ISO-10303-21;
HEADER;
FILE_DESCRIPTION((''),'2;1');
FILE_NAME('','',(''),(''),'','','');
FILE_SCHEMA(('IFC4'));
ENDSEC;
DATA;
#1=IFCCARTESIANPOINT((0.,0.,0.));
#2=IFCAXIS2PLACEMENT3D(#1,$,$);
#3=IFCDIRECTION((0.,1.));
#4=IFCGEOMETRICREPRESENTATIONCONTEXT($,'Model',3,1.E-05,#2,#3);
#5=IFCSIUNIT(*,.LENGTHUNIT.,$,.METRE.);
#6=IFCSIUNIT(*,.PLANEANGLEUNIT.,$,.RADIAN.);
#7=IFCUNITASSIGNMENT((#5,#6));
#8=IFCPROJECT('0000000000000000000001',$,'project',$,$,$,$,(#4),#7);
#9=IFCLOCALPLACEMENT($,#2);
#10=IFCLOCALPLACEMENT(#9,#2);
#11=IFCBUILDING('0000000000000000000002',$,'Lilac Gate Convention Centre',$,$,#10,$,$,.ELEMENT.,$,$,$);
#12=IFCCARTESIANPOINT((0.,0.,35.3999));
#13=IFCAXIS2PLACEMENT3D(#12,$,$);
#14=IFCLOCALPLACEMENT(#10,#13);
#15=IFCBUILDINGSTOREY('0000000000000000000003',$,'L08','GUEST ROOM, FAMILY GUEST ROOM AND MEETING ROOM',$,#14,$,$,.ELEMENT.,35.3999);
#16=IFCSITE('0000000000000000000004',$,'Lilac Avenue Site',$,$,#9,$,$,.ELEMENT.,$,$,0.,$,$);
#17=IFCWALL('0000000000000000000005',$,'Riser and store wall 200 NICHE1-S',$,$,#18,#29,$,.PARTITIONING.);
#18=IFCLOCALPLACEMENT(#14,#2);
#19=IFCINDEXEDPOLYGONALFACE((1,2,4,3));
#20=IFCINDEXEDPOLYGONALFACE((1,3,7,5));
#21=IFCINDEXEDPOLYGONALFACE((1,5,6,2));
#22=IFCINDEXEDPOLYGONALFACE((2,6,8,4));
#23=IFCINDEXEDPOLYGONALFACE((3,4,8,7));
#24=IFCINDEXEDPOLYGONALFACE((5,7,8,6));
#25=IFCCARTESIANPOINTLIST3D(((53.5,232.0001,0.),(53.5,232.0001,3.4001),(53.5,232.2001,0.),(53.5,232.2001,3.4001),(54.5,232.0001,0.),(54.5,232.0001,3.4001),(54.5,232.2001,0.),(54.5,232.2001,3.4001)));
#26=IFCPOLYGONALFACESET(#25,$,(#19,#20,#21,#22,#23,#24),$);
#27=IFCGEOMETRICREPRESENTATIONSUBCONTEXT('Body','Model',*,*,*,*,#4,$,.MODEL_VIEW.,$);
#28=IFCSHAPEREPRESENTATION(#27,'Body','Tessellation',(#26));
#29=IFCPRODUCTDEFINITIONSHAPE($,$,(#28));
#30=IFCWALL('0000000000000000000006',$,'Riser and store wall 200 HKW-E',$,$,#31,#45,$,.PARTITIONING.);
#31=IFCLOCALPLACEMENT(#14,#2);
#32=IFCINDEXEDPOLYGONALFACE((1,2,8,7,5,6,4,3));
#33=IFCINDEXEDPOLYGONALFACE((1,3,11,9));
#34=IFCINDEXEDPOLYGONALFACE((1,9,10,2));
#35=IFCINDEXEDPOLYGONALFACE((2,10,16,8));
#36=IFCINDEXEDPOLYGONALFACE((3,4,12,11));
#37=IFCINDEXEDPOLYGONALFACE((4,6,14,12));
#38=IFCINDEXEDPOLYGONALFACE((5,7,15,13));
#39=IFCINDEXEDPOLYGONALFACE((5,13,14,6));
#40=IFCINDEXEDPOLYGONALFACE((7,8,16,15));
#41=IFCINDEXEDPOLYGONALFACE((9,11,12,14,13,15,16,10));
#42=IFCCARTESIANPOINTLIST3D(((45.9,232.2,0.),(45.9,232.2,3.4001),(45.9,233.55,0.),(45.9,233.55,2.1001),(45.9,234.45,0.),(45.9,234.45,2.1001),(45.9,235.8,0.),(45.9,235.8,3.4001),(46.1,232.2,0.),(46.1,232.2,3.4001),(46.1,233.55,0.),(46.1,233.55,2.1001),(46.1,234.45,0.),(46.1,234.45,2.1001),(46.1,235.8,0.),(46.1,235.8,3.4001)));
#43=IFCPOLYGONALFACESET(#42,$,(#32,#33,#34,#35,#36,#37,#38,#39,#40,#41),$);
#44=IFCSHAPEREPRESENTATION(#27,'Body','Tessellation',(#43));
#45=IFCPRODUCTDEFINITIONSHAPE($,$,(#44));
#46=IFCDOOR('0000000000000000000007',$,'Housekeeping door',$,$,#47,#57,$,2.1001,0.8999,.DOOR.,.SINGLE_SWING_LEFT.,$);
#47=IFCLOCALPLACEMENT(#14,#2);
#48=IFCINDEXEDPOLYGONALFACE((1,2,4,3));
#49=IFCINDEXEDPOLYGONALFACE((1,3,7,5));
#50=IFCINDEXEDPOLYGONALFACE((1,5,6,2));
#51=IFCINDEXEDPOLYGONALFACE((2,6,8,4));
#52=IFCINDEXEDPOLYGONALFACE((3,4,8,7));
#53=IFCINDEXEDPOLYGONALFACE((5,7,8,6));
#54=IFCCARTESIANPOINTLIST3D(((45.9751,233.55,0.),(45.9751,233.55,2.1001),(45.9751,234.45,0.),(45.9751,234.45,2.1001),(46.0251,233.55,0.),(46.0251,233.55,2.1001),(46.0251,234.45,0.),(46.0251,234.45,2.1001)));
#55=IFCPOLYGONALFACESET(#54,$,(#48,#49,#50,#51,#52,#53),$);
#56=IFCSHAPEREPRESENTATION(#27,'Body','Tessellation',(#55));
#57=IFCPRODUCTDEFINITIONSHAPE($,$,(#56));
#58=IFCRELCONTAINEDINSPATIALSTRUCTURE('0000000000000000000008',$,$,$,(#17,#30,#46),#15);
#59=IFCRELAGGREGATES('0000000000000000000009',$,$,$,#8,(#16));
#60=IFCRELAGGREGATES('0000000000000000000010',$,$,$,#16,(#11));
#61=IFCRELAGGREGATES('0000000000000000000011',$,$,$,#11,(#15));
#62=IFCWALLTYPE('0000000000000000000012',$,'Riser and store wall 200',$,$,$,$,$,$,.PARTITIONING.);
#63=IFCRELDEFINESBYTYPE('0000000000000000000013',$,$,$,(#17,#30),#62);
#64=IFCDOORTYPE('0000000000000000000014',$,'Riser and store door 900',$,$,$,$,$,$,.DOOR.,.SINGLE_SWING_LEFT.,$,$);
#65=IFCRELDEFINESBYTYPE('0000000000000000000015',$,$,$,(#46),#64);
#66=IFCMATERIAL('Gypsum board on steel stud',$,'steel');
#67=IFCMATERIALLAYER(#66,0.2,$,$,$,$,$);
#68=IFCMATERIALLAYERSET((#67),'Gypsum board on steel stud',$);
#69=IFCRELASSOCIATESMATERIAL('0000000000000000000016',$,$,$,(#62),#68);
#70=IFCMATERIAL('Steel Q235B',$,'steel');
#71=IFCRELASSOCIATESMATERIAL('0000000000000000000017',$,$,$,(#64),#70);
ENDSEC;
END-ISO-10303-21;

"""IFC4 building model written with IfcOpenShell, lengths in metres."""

from ifc_helpers import new_model, si_unit, direction, frame, frame_2d, origin, place, context, subcontext, project, spatial, rectangle, extrude, material, layer, layer_set, type_object, element, fill, save


model = new_model("IFC4")

# Units and contexts
model_context = context("Model", 3, precision=1e-05, world=origin(), true_north=direction((0.0, 1.0)))
body_context = subcontext(model_context, "Body", "Model", "MODEL_VIEW")
ifc_project = project(units=[si_unit("LENGTHUNIT", "METRE"), si_unit("PLANEANGLEUNIT", "RADIAN")], contexts=[model_context])

# Site, building, storey
site_placement = place(None, origin())
site = spatial("IfcSite", under=ifc_project, at=site_placement, Name="Lilac Avenue Site", CompositionType="ELEMENT", RefElevation=0.0)
building_placement = place(site_placement, origin())
building = spatial("IfcBuilding", under=site, at=building_placement, Name="Lilac Gate Convention Centre", CompositionType="ELEMENT")
storey_placement = place(building_placement, frame((0.0, 0.0, 35.3999)))
storey = spatial("IfcBuildingStorey", under=building, at=storey_placement, Name="L08", Description="GUEST ROOM, FAMILY GUEST ROOM AND MEETING ROOM", CompositionType="ELEMENT", Elevation=35.3999)

# Shared definitions
ifc_material_1 = material(Name="Gypsum board on steel stud", Category="steel")

# Wall
ifc_layer_1 = layer(ifc_material_1, 0.2)
ifc_layer_set_1 = layer_set([ifc_layer_1], Name="Gypsum board on steel stud")
wall_type_1 = type_object("IfcWallType", Name="Riser and store wall 200", PredefinedType="PARTITIONING", material=ifc_layer_set_1)
wall_1_placement = place(storey_placement, frame((53.5, 232.1001, 0.0), z_axis=(0.0, 0.0, 1.0), x_axis=(1.0, 0.0, 0.0)))
element("IfcWall", 1, at=wall_1_placement, inside=storey, type_object=wall_type_1, Name="Riser and store wall 200 NICHE1-S", PredefinedType="PARTITIONING", context=body_context, shape_type="SweptSolid", body=[
    extrude(rectangle(XDim=1.0, YDim=0.2, at=frame_2d((0.5, 0.0))), origin(), (0.0, 0.0, 1.0), 3.4001),
])

# Wall, opening, door
wall_2_placement = place(storey_placement, frame((46.0, 232.2, 0.0), z_axis=(0.0, 0.0, 1.0), x_axis=(0.0, 1.0, 0.0)))
wall_2 = element("IfcWall", 2, at=wall_2_placement, inside=storey, type_object=wall_type_1, Name="Riser and store wall 200 HKW-E", PredefinedType="PARTITIONING", context=body_context, shape_type="SweptSolid", body=[
    extrude(rectangle(XDim=3.6001, YDim=0.2, at=frame_2d((1.8, 0.0))), origin(), (0.0, 0.0, 1.0), 3.4001),
])
opening_1_placement = place(wall_2_placement, frame((1.3501, 0.0, 0.0)))
opening_1 = element("IfcOpeningElement", 3, at=opening_1_placement, cuts=wall_2, PredefinedType="OPENING", context=body_context, shape_type="SweptSolid", body=[
    extrude(rectangle(XDim=0.8999, YDim=2.1001, at=frame_2d((0.45, 1.05))), frame((0.0, 0.1099, 0.0), z_axis=(0.0, -1.0, 0.0), x_axis=(1.0, 0.0, 0.0)), (0.0, 0.0, 1.0), 0.22),
])
ifc_material_2 = material(Name="Steel Q235B", Category="steel")
door_type_1 = type_object("IfcDoorType", Name="Riser and store door 900", OperationType="SINGLE_SWING_LEFT", PredefinedType="DOOR", material=ifc_material_2)
door_1_placement = place(opening_1_placement, origin())
door_1 = element("IfcDoor", 4, at=door_1_placement, inside=storey, type_object=door_type_1, Name="Housekeeping door", OperationType="SINGLE_SWING_LEFT", OverallHeight=2.1001, OverallWidth=0.8999, PredefinedType="DOOR", context=body_context, shape_type="SweptSolid", body=[
    extrude(rectangle(XDim=0.8999, YDim=2.1001, at=frame_2d((0.45, 1.05))), frame((0.0, 0.0249, 0.0), z_axis=(0.0, -1.0, 0.0), x_axis=(1.0, 0.0, 0.0)), (0.0, 0.0, 1.0), 0.05),
])
fill(opening_1, door_1)

save(model, "model.ifc")
